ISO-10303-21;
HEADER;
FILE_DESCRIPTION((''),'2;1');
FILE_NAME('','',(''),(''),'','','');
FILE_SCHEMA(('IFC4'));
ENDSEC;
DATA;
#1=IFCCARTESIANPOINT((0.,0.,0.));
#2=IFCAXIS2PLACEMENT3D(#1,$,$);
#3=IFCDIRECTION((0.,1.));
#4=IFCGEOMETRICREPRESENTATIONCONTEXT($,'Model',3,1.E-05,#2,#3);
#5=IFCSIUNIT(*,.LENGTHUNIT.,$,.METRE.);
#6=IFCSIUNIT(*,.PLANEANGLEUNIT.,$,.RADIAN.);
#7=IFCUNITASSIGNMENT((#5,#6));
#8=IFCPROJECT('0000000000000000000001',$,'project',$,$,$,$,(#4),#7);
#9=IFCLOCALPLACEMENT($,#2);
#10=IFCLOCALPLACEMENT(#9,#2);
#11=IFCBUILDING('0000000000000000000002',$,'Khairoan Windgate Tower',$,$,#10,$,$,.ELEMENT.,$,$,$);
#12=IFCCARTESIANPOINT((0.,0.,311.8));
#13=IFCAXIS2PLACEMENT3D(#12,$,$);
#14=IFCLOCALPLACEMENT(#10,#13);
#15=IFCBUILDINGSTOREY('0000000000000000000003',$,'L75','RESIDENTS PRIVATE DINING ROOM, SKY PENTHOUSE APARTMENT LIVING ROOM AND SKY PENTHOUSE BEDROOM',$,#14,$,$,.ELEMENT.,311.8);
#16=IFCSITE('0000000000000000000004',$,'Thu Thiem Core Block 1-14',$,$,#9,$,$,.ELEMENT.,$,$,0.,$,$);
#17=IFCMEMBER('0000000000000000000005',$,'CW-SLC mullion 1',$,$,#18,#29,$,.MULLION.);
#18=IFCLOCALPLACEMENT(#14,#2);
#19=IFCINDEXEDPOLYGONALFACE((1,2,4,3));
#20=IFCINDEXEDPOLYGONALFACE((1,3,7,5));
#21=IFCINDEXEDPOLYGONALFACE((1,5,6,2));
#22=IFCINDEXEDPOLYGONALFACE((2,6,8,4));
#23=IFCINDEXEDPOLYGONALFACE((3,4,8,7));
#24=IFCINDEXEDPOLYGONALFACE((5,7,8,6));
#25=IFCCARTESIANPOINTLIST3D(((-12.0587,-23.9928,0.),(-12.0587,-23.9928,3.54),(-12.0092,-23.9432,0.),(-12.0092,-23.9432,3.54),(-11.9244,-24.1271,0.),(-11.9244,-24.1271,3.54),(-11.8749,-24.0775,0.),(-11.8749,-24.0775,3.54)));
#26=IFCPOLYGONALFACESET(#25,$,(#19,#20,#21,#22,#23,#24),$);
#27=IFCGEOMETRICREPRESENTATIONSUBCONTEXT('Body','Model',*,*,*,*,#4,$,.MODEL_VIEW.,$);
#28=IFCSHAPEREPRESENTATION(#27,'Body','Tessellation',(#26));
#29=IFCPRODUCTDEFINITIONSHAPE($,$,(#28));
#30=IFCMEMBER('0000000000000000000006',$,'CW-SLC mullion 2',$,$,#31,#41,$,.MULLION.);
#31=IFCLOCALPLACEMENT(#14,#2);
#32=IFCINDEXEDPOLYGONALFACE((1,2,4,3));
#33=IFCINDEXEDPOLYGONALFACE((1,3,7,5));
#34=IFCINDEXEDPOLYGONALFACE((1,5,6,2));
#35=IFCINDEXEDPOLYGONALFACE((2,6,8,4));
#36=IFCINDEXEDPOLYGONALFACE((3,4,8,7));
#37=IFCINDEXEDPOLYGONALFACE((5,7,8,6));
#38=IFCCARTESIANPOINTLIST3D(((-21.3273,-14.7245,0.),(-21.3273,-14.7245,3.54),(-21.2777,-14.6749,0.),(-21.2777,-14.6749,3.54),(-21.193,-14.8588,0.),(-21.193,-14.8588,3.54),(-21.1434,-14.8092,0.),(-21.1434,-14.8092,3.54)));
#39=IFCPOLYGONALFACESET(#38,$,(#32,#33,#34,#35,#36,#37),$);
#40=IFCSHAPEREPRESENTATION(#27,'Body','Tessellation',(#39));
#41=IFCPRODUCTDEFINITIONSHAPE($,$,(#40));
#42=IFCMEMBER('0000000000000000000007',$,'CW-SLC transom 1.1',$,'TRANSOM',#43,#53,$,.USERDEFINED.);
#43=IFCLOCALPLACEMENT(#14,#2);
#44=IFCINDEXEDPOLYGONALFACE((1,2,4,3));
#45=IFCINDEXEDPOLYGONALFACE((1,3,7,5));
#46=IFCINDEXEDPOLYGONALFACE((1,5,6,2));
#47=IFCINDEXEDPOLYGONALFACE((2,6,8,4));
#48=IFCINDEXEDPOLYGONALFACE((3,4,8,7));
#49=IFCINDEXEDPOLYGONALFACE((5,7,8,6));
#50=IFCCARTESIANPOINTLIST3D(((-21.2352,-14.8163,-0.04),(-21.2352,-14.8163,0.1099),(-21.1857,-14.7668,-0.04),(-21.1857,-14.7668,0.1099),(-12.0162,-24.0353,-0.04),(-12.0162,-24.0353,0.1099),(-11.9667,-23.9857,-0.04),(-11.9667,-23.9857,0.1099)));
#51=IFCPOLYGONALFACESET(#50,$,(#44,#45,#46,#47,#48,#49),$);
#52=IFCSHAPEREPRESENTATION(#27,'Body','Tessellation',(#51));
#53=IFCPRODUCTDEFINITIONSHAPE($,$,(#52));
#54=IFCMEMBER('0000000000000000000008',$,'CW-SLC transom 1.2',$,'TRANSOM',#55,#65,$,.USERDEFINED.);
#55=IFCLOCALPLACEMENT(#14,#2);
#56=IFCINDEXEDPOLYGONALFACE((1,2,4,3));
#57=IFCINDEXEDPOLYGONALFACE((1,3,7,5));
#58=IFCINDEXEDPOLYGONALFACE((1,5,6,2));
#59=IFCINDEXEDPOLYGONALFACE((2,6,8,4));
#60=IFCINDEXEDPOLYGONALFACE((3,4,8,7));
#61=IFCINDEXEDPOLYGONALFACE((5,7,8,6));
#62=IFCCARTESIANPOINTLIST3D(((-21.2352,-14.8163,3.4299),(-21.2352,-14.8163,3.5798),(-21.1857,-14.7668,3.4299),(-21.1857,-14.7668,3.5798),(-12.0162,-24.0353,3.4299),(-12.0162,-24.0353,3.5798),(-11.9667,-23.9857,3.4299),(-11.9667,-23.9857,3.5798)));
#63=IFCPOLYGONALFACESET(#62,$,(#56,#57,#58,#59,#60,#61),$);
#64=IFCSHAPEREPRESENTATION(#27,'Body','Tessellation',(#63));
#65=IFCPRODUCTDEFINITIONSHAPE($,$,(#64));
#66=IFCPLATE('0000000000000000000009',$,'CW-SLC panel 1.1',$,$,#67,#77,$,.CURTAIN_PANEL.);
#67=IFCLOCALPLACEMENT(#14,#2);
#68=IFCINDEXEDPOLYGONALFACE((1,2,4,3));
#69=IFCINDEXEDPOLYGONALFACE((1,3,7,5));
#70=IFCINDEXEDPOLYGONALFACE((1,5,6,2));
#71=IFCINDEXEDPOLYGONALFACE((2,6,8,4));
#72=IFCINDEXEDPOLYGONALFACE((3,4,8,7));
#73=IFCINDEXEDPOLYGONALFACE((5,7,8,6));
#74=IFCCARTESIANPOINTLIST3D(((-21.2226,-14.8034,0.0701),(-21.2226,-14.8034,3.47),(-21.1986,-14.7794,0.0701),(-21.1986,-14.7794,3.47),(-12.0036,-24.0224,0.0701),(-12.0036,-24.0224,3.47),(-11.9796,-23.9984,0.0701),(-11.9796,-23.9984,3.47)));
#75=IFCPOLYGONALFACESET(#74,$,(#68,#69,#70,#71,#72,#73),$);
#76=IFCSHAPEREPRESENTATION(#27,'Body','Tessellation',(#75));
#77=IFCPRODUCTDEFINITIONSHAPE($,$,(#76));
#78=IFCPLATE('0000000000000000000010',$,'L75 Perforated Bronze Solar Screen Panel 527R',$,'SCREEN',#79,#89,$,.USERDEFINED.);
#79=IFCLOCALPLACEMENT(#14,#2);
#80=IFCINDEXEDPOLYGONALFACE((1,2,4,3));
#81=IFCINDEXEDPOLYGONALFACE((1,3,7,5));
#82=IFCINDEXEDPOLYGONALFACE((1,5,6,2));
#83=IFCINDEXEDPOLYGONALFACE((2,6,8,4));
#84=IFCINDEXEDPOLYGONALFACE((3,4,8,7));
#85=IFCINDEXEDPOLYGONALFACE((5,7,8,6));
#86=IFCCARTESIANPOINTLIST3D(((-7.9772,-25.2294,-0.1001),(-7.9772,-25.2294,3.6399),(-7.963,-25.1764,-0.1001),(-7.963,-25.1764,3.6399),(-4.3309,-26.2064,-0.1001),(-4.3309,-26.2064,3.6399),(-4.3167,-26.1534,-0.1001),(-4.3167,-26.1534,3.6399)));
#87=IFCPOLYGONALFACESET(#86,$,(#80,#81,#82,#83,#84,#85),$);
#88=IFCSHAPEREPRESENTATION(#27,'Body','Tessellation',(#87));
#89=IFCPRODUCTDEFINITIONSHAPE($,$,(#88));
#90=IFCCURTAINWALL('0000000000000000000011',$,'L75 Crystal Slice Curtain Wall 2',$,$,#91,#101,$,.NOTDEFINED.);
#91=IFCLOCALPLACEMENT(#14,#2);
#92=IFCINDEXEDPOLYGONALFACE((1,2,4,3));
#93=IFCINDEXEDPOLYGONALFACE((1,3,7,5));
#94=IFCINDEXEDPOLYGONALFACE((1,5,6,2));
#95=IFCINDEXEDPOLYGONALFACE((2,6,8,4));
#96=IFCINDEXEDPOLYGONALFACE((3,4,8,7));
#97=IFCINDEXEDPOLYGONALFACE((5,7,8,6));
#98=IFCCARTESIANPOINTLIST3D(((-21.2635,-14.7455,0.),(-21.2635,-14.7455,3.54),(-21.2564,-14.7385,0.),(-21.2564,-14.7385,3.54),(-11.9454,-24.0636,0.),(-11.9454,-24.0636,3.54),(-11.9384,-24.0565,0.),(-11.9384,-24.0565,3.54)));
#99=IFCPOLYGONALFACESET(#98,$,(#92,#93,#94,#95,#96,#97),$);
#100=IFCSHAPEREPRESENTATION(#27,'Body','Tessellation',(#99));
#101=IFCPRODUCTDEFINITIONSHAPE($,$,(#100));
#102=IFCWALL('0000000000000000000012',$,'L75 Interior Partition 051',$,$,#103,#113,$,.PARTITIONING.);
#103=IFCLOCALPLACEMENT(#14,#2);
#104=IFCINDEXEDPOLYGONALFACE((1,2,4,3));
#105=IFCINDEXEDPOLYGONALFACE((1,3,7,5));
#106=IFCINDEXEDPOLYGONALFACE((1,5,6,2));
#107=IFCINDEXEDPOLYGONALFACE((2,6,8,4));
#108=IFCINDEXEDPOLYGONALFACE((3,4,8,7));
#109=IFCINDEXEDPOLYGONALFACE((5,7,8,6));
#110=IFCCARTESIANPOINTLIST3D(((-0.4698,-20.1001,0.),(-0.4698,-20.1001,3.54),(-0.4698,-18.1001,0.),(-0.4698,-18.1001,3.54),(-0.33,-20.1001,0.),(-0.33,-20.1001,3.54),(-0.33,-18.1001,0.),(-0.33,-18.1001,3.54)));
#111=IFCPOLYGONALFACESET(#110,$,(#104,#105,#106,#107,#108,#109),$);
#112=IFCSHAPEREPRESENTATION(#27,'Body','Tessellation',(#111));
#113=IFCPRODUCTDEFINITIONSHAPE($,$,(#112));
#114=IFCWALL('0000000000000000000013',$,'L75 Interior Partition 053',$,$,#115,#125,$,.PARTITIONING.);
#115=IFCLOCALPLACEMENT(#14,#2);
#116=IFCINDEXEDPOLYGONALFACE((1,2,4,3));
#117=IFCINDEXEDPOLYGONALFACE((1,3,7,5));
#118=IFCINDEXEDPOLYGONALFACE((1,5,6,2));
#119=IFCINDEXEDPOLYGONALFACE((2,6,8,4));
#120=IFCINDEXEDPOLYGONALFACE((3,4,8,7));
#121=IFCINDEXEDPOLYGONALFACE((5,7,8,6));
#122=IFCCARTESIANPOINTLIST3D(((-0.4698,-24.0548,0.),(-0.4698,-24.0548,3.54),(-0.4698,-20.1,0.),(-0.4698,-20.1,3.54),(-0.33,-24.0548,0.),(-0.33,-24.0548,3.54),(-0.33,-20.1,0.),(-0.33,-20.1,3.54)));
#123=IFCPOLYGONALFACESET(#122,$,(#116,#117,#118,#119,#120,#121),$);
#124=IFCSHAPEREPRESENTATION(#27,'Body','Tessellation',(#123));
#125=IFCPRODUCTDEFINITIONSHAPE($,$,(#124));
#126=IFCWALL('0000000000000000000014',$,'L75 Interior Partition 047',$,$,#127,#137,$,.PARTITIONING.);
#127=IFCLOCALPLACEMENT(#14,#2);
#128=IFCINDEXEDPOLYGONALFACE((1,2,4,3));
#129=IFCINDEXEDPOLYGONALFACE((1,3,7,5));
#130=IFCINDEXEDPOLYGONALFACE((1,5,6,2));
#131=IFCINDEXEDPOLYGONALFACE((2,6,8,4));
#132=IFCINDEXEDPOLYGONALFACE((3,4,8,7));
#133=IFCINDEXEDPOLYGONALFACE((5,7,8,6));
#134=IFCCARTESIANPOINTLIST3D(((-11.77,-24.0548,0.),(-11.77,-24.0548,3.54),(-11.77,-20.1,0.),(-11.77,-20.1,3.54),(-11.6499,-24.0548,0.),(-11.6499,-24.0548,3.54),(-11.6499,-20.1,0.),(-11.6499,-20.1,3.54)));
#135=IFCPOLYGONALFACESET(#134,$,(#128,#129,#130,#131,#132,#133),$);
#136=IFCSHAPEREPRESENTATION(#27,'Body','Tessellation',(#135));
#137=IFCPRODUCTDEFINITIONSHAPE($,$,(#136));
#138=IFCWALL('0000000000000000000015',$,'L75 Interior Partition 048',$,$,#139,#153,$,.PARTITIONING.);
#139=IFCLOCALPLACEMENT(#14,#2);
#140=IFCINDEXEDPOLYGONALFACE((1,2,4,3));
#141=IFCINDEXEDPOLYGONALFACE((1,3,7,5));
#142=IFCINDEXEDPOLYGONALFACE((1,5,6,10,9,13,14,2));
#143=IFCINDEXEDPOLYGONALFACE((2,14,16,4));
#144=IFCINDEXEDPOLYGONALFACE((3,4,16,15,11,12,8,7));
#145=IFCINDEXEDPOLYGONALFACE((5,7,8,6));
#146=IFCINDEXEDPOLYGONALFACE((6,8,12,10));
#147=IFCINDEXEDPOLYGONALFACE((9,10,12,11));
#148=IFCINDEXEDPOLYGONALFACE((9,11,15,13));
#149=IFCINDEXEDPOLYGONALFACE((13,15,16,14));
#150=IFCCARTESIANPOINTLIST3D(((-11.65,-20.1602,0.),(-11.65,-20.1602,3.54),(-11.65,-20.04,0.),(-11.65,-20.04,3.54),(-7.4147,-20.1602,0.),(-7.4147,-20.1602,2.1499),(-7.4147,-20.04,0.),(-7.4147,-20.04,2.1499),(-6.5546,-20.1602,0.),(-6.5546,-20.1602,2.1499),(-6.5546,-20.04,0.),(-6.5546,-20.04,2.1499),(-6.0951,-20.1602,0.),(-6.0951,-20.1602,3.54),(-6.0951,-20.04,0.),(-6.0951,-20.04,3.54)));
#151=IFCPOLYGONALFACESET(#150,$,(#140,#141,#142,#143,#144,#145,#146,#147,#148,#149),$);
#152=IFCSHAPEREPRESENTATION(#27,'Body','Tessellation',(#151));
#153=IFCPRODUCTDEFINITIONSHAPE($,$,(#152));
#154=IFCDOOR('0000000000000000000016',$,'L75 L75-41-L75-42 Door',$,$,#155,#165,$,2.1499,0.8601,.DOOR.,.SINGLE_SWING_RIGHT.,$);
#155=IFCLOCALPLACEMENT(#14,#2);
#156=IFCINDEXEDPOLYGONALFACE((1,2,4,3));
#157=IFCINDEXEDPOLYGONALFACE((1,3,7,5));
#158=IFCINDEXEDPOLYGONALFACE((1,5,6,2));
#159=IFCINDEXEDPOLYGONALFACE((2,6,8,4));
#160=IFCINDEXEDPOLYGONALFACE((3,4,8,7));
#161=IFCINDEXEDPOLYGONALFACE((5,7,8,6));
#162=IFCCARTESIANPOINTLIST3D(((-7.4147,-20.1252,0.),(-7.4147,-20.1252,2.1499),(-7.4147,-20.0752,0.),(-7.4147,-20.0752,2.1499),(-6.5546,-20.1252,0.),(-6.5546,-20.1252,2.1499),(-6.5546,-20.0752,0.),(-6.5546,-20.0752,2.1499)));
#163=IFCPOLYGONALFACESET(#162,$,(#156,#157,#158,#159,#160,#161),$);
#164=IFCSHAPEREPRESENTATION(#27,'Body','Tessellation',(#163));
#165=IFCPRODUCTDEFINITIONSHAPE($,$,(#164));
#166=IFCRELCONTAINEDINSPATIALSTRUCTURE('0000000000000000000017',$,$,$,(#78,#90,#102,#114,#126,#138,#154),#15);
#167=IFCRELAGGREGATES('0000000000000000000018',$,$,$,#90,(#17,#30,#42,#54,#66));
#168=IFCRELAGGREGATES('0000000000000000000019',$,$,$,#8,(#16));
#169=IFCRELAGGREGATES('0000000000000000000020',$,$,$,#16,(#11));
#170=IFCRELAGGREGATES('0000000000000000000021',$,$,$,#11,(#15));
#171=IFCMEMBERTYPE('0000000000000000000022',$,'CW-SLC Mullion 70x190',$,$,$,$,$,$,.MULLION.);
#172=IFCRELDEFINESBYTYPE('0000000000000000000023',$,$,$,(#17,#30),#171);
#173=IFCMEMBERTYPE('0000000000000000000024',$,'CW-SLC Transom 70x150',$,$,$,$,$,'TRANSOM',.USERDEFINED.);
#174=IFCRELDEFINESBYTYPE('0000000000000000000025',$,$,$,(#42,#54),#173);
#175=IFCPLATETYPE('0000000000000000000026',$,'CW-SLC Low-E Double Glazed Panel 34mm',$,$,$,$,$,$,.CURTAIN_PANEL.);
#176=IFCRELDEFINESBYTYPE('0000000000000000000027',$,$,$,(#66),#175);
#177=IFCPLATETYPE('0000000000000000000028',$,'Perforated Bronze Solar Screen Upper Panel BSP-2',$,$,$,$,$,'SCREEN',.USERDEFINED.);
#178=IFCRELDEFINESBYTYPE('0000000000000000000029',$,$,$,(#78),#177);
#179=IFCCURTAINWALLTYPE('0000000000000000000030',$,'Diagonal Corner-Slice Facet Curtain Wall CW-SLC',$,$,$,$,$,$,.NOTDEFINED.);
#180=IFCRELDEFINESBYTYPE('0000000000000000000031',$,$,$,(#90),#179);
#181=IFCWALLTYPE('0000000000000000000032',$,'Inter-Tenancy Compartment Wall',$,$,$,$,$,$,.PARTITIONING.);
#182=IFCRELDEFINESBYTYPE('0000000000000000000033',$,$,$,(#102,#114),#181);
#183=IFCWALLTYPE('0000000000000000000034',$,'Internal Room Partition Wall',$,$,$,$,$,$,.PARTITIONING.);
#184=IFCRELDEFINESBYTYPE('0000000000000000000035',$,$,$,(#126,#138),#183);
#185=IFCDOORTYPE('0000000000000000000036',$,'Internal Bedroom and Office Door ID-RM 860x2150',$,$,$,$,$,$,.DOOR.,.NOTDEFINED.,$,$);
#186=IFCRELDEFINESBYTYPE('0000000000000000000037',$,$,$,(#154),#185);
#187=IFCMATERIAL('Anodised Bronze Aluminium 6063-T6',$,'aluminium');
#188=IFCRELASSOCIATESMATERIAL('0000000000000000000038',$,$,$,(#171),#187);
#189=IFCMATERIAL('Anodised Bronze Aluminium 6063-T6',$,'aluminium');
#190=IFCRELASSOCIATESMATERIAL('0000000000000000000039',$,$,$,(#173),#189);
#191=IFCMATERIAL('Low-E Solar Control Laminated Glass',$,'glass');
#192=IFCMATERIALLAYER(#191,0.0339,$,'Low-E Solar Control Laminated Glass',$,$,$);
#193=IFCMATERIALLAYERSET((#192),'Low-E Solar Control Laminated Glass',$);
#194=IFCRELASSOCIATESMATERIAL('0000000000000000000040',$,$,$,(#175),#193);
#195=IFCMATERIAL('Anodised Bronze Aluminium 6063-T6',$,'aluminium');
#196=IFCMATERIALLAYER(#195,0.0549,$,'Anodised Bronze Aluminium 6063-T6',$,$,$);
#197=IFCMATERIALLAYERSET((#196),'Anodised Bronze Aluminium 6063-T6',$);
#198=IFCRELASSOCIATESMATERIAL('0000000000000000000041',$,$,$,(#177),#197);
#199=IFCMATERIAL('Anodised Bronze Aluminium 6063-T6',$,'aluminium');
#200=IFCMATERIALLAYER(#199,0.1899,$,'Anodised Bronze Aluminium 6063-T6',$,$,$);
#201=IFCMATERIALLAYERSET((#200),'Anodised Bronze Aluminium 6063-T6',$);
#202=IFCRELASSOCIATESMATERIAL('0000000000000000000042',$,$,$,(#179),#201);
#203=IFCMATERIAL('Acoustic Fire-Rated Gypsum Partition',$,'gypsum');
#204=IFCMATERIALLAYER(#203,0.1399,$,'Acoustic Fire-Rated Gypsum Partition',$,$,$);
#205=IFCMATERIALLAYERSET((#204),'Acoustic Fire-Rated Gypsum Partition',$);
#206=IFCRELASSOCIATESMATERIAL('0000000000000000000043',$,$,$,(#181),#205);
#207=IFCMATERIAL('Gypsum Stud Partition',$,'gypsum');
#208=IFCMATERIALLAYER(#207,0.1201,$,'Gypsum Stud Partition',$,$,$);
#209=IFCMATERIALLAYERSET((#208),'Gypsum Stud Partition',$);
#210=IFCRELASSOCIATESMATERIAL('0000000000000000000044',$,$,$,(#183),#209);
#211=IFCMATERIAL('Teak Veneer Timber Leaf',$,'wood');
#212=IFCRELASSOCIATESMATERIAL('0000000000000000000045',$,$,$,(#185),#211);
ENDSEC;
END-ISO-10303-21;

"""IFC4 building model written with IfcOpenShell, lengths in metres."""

from ifc_helpers import new_model, si_unit, direction, frame, frame_2d, origin, origin_2d, place, context, subcontext, project, spatial, rectangle, extrude, material, layer, layer_set, material_profile, profile_set, type_object, element, fill, aggregate, save


model = new_model("IFC4")

# Units and contexts
model_context = context("Model", 3, precision=1e-05, world=origin(), true_north=direction((0.0, 1.0)))
body_context = subcontext(model_context, "Body", "Model", "MODEL_VIEW")
ifc_project = project(units=[si_unit("LENGTHUNIT", "METRE"), si_unit("PLANEANGLEUNIT", "RADIAN")], contexts=[model_context])

# Site, building, storey
site_placement = place(None, origin())
site = spatial("IfcSite", under=ifc_project, at=site_placement, Name="Thu Thiem Core Block 1-14", CompositionType="ELEMENT", RefElevation=0.0)
building_placement = place(site_placement, origin())
building = spatial("IfcBuilding", under=site, at=building_placement, Name="Khairoan Windgate Tower", CompositionType="ELEMENT")
storey_placement = place(building_placement, frame((0.0, 0.0, 311.8)))
storey = spatial("IfcBuildingStorey", under=building, at=storey_placement, Name="L75", Description="RESIDENTS PRIVATE DINING ROOM, SKY PENTHOUSE APARTMENT LIVING ROOM AND SKY PENTHOUSE BEDROOM", CompositionType="ELEMENT", Elevation=311.8)

# Members
ifc_material_1 = material(Name="Anodised Bronze Aluminium 6063-T6", Category="aluminium")
ifc_material_profile_1 = material_profile(ifc_material_1, rectangle(XDim=0.0701, YDim=0.1899, at=origin_2d()))
ifc_profile_set_1 = profile_set([ifc_material_profile_1], Name="Anodised Bronze Aluminium 6063-T6")
member_type_1 = type_object("IfcMemberType", Name="CW-SLC Mullion 70x190", PredefinedType="MULLION", material=ifc_profile_set_1)
member_1_placement = place(storey_placement, frame((-11.9668, -24.0352, 0.0), z_axis=(0.0, 0.0, 1.0), x_axis=(-0.707107, -0.707107, 0.0)))
member_1 = element("IfcMember", 1, at=member_1_placement, type_object=member_type_1, Name="CW-SLC mullion 1", PredefinedType="MULLION", context=body_context, shape_type="SweptSolid", body=[
    extrude(rectangle(XDim=0.0701, YDim=0.1899, at=origin_2d()), origin(), (0.0, 0.0, 1.0), 3.54),
])
member_2_placement = place(storey_placement, frame((-21.2354, -14.7668, 0.0), z_axis=(0.0, 0.0, 1.0), x_axis=(-0.707107, -0.707107, 0.0)))
member_2 = element("IfcMember", 2, at=member_2_placement, type_object=member_type_1, Name="CW-SLC mullion 2", PredefinedType="MULLION", context=body_context, shape_type="SweptSolid", body=[
    extrude(rectangle(XDim=0.0701, YDim=0.1899, at=origin_2d()), origin(), (0.0, 0.0, 1.0), 3.54),
])
ifc_material_2 = material(Name="Anodised Bronze Aluminium 6063-T6", Category="aluminium")
ifc_material_profile_2 = material_profile(ifc_material_2, rectangle(XDim=0.0701, YDim=0.1499, at=origin_2d()))
ifc_profile_set_2 = profile_set([ifc_material_profile_2], Name="Anodised Bronze Aluminium 6063-T6")
member_type_2 = type_object("IfcMemberType", Name="CW-SLC Transom 70x150", ElementType="TRANSOM", PredefinedType="USERDEFINED", material=ifc_profile_set_2)
member_3_placement = place(storey_placement, frame((-11.9915, -24.0105, 0.0349), z_axis=(-0.707107, 0.707107, 0.0), x_axis=(-0.707107, -0.707107, 0.0)))
member_3 = element("IfcMember", 3, at=member_3_placement, type_object=member_type_2, Name="CW-SLC transom 1.1", ObjectType="TRANSOM", PredefinedType="USERDEFINED", context=body_context, shape_type="SweptSolid", body=[
    extrude(rectangle(XDim=0.0701, YDim=0.1499, at=origin_2d()), origin(), (0.0, 0.0, 1.0), 13.0376),
])
member_4_placement = place(storey_placement, frame((-11.9915, -24.0105, 3.5049), z_axis=(-0.707107, 0.707107, 0.0), x_axis=(-0.707107, -0.707107, 0.0)))
member_4 = element("IfcMember", 4, at=member_4_placement, type_object=member_type_2, Name="CW-SLC transom 1.2", ObjectType="TRANSOM", PredefinedType="USERDEFINED", context=body_context, shape_type="SweptSolid", body=[
    extrude(rectangle(XDim=0.0701, YDim=0.1499, at=origin_2d()), origin(), (0.0, 0.0, 1.0), 13.0376),
])

# Plates
ifc_material_3 = material(Name="Low-E Solar Control Laminated Glass", Category="glass")
ifc_layer_1 = layer(ifc_material_3, 0.0339, Name="Low-E Solar Control Laminated Glass")
ifc_layer_set_1 = layer_set([ifc_layer_1], Name="Low-E Solar Control Laminated Glass")
plate_type_1 = type_object("IfcPlateType", Name="CW-SLC Low-E Double Glazed Panel 34mm", PredefinedType="CURTAIN_PANEL", material=ifc_layer_set_1)
plate_1_placement = place(storey_placement, frame((-16.6011, -19.4009, 0.0701), z_axis=(0.0, 0.0, 1.0), x_axis=(-0.707107, 0.707107, 0.0)))
plate_1 = element("IfcPlate", 5, at=plate_1_placement, type_object=plate_type_1, Name="CW-SLC panel 1.1", PredefinedType="CURTAIN_PANEL", context=body_context, shape_type="SweptSolid", body=[
    extrude(rectangle(XDim=13.0376, YDim=0.0339, at=origin_2d()), origin(), (0.0, 0.0, 1.0), 3.3999),
])
ifc_material_4 = material(Name="Anodised Bronze Aluminium 6063-T6", Category="aluminium")
ifc_layer_2 = layer(ifc_material_4, 0.0549, Name="Anodised Bronze Aluminium 6063-T6")
ifc_layer_set_2 = layer_set([ifc_layer_2], Name="Anodised Bronze Aluminium 6063-T6")
plate_type_2 = type_object("IfcPlateType", Name="Perforated Bronze Solar Screen Upper Panel BSP-2", ElementType="SCREEN", PredefinedType="USERDEFINED", material=ifc_layer_set_2)
plate_2_placement = place(storey_placement, frame((-6.147, -25.6914, -0.1001), z_axis=(0.0, 0.0, 1.0), x_axis=(-0.965926, 0.258819, 0.0)))
element("IfcPlate", 6, at=plate_2_placement, inside=storey, type_object=plate_type_2, Name="L75 Perforated Bronze Solar Screen Panel 527R", ObjectType="SCREEN", PredefinedType="USERDEFINED", context=body_context, shape_type="SweptSolid", body=[
    extrude(rectangle(XDim=3.7749, YDim=0.0549, at=origin_2d()), origin(), (0.0, 0.0, 1.0), 3.74),
])

# Curtain wall
ifc_material_5 = material(Name="Anodised Bronze Aluminium 6063-T6", Category="aluminium")
ifc_layer_3 = layer(ifc_material_5, 0.1899, Name="Anodised Bronze Aluminium 6063-T6")
ifc_layer_set_3 = layer_set([ifc_layer_3], Name="Anodised Bronze Aluminium 6063-T6")
curtain_wall_type = type_object("IfcCurtainWallType", Name="Diagonal Corner-Slice Facet Curtain Wall CW-SLC", PredefinedType="NOTDEFINED", material=ifc_layer_set_3)
curtain_wall_placement = place(storey_placement, frame((-11.9419, -24.0601, 0.0), z_axis=(0.0, 0.0, 1.0), x_axis=(-0.707107, 0.707107, 0.0)))
curtain_wall = element("IfcCurtainWall", 7, at=curtain_wall_placement, inside=storey, type_object=curtain_wall_type, Name="L75 Crystal Slice Curtain Wall 2", PredefinedType="NOTDEFINED", context=body_context, shape_type="SweptSolid", body=[
    extrude(rectangle(XDim=13.1777, YDim=0.01, at=frame_2d((6.5889, 0.0))), origin(), (0.0, 0.0, 1.0), 3.54),
])
aggregate(curtain_wall, [member_1, member_2, member_3, member_4, plate_1])

# Walls
ifc_material_6 = material(Name="Acoustic Fire-Rated Gypsum Partition", Category="gypsum")
ifc_layer_4 = layer(ifc_material_6, 0.1399, Name="Acoustic Fire-Rated Gypsum Partition")
ifc_layer_set_4 = layer_set([ifc_layer_4], Name="Acoustic Fire-Rated Gypsum Partition")
wall_type_1 = type_object("IfcWallType", Name="Inter-Tenancy Compartment Wall", PredefinedType="PARTITIONING", material=ifc_layer_set_4)
wall_1_placement = place(storey_placement, frame((-0.3999, -20.1001, 0.0), z_axis=(0.0, 0.0, 1.0), x_axis=(0.0, 1.0, 0.0)))
element("IfcWall", 8, at=wall_1_placement, inside=storey, type_object=wall_type_1, Name="L75 Interior Partition 051", PredefinedType="PARTITIONING", context=body_context, shape_type="SweptSolid", body=[
    extrude(rectangle(XDim=2.0, YDim=0.1399, at=frame_2d((1.0, 0.0))), origin(), (0.0, 0.0, 1.0), 3.54),
])
wall_2_placement = place(storey_placement, frame((-0.3999, -24.0549, 0.0), z_axis=(0.0, 0.0, 1.0), x_axis=(0.0, 1.0, 0.0)))
element("IfcWall", 9, at=wall_2_placement, inside=storey, type_object=wall_type_1, Name="L75 Interior Partition 053", PredefinedType="PARTITIONING", context=body_context, shape_type="SweptSolid", body=[
    extrude(rectangle(XDim=3.9548, YDim=0.1399, at=frame_2d((1.9775, 0.0))), origin(), (0.0, 0.0, 1.0), 3.54),
])

# Shared definitions
ifc_material_7 = material(Name="Gypsum Stud Partition", Category="gypsum")
ifc_layer_5 = layer(ifc_material_7, 0.1201, Name="Gypsum Stud Partition")
ifc_layer_set_5 = layer_set([ifc_layer_5], Name="Gypsum Stud Partition")
wall_type_2 = type_object("IfcWallType", Name="Internal Room Partition Wall", PredefinedType="PARTITIONING", material=ifc_layer_set_5)
ifc_material_8 = material(Name="Teak Veneer Timber Leaf", Category="wood")
door_type = type_object("IfcDoorType", Name="Internal Bedroom and Office Door ID-RM 860x2150", OperationType="NOTDEFINED", PredefinedType="DOOR", material=ifc_material_8)

# Wall
wall_3_placement = place(storey_placement, frame((-11.71, -24.0549, 0.0), z_axis=(0.0, 0.0, 1.0), x_axis=(0.0, 1.0, 0.0)))
element("IfcWall", 10, at=wall_3_placement, inside=storey, type_object=wall_type_2, Name="L75 Interior Partition 047", PredefinedType="PARTITIONING", context=body_context, shape_type="SweptSolid", body=[
    extrude(rectangle(XDim=3.9548, YDim=0.1201, at=frame_2d((1.9775, 0.0))), origin(), (0.0, 0.0, 1.0), 3.54),
])

# Wall, opening, door
wall_4_placement = place(storey_placement, frame((-11.6499, -20.1001, 0.0), z_axis=(0.0, 0.0, 1.0), x_axis=(1.0, 0.0, 0.0)))
wall_4 = element("IfcWall", 11, at=wall_4_placement, inside=storey, type_object=wall_type_2, Name="L75 Interior Partition 048", PredefinedType="PARTITIONING", context=body_context, shape_type="SweptSolid", body=[
    extrude(rectangle(XDim=5.5549, YDim=0.1201, at=frame_2d((2.7773, 0.0))), origin(), (0.0, 0.0, 1.0), 3.54),
])
opening_1_placement = place(wall_4_placement, frame((4.2351, 0.0, 0.0)))
opening_1 = element("IfcOpeningElement", 12, at=opening_1_placement, cuts=wall_4, PredefinedType="OPENING", context=body_context, shape_type="SweptSolid", body=[
    extrude(rectangle(XDim=0.8601, YDim=2.1499, at=frame_2d((0.4302, 1.075))), frame((0.0, 0.0701, 0.0), z_axis=(0.0, -1.0, 0.0), x_axis=(1.0, 0.0, 0.0)), (0.0, 0.0, 1.0), 0.1401),
])
door_1_placement = place(opening_1_placement, origin())
door_1 = element("IfcDoor", 13, at=door_1_placement, inside=storey, type_object=door_type, Name="L75 L75-41-L75-42 Door", OperationType="SINGLE_SWING_RIGHT", OverallHeight=2.1499, OverallWidth=0.8601, PredefinedType="DOOR", context=body_context, shape_type="SweptSolid", body=[
    extrude(rectangle(XDim=0.8601, YDim=2.1499, at=frame_2d((0.4302, 1.075))), frame((0.0, 0.0249, 0.0), z_axis=(0.0, -1.0, 0.0), x_axis=(1.0, 0.0, 0.0)), (0.0, 0.0, 1.0), 0.05),
])
fill(opening_1, door_1)

save(model, "model.ifc")
